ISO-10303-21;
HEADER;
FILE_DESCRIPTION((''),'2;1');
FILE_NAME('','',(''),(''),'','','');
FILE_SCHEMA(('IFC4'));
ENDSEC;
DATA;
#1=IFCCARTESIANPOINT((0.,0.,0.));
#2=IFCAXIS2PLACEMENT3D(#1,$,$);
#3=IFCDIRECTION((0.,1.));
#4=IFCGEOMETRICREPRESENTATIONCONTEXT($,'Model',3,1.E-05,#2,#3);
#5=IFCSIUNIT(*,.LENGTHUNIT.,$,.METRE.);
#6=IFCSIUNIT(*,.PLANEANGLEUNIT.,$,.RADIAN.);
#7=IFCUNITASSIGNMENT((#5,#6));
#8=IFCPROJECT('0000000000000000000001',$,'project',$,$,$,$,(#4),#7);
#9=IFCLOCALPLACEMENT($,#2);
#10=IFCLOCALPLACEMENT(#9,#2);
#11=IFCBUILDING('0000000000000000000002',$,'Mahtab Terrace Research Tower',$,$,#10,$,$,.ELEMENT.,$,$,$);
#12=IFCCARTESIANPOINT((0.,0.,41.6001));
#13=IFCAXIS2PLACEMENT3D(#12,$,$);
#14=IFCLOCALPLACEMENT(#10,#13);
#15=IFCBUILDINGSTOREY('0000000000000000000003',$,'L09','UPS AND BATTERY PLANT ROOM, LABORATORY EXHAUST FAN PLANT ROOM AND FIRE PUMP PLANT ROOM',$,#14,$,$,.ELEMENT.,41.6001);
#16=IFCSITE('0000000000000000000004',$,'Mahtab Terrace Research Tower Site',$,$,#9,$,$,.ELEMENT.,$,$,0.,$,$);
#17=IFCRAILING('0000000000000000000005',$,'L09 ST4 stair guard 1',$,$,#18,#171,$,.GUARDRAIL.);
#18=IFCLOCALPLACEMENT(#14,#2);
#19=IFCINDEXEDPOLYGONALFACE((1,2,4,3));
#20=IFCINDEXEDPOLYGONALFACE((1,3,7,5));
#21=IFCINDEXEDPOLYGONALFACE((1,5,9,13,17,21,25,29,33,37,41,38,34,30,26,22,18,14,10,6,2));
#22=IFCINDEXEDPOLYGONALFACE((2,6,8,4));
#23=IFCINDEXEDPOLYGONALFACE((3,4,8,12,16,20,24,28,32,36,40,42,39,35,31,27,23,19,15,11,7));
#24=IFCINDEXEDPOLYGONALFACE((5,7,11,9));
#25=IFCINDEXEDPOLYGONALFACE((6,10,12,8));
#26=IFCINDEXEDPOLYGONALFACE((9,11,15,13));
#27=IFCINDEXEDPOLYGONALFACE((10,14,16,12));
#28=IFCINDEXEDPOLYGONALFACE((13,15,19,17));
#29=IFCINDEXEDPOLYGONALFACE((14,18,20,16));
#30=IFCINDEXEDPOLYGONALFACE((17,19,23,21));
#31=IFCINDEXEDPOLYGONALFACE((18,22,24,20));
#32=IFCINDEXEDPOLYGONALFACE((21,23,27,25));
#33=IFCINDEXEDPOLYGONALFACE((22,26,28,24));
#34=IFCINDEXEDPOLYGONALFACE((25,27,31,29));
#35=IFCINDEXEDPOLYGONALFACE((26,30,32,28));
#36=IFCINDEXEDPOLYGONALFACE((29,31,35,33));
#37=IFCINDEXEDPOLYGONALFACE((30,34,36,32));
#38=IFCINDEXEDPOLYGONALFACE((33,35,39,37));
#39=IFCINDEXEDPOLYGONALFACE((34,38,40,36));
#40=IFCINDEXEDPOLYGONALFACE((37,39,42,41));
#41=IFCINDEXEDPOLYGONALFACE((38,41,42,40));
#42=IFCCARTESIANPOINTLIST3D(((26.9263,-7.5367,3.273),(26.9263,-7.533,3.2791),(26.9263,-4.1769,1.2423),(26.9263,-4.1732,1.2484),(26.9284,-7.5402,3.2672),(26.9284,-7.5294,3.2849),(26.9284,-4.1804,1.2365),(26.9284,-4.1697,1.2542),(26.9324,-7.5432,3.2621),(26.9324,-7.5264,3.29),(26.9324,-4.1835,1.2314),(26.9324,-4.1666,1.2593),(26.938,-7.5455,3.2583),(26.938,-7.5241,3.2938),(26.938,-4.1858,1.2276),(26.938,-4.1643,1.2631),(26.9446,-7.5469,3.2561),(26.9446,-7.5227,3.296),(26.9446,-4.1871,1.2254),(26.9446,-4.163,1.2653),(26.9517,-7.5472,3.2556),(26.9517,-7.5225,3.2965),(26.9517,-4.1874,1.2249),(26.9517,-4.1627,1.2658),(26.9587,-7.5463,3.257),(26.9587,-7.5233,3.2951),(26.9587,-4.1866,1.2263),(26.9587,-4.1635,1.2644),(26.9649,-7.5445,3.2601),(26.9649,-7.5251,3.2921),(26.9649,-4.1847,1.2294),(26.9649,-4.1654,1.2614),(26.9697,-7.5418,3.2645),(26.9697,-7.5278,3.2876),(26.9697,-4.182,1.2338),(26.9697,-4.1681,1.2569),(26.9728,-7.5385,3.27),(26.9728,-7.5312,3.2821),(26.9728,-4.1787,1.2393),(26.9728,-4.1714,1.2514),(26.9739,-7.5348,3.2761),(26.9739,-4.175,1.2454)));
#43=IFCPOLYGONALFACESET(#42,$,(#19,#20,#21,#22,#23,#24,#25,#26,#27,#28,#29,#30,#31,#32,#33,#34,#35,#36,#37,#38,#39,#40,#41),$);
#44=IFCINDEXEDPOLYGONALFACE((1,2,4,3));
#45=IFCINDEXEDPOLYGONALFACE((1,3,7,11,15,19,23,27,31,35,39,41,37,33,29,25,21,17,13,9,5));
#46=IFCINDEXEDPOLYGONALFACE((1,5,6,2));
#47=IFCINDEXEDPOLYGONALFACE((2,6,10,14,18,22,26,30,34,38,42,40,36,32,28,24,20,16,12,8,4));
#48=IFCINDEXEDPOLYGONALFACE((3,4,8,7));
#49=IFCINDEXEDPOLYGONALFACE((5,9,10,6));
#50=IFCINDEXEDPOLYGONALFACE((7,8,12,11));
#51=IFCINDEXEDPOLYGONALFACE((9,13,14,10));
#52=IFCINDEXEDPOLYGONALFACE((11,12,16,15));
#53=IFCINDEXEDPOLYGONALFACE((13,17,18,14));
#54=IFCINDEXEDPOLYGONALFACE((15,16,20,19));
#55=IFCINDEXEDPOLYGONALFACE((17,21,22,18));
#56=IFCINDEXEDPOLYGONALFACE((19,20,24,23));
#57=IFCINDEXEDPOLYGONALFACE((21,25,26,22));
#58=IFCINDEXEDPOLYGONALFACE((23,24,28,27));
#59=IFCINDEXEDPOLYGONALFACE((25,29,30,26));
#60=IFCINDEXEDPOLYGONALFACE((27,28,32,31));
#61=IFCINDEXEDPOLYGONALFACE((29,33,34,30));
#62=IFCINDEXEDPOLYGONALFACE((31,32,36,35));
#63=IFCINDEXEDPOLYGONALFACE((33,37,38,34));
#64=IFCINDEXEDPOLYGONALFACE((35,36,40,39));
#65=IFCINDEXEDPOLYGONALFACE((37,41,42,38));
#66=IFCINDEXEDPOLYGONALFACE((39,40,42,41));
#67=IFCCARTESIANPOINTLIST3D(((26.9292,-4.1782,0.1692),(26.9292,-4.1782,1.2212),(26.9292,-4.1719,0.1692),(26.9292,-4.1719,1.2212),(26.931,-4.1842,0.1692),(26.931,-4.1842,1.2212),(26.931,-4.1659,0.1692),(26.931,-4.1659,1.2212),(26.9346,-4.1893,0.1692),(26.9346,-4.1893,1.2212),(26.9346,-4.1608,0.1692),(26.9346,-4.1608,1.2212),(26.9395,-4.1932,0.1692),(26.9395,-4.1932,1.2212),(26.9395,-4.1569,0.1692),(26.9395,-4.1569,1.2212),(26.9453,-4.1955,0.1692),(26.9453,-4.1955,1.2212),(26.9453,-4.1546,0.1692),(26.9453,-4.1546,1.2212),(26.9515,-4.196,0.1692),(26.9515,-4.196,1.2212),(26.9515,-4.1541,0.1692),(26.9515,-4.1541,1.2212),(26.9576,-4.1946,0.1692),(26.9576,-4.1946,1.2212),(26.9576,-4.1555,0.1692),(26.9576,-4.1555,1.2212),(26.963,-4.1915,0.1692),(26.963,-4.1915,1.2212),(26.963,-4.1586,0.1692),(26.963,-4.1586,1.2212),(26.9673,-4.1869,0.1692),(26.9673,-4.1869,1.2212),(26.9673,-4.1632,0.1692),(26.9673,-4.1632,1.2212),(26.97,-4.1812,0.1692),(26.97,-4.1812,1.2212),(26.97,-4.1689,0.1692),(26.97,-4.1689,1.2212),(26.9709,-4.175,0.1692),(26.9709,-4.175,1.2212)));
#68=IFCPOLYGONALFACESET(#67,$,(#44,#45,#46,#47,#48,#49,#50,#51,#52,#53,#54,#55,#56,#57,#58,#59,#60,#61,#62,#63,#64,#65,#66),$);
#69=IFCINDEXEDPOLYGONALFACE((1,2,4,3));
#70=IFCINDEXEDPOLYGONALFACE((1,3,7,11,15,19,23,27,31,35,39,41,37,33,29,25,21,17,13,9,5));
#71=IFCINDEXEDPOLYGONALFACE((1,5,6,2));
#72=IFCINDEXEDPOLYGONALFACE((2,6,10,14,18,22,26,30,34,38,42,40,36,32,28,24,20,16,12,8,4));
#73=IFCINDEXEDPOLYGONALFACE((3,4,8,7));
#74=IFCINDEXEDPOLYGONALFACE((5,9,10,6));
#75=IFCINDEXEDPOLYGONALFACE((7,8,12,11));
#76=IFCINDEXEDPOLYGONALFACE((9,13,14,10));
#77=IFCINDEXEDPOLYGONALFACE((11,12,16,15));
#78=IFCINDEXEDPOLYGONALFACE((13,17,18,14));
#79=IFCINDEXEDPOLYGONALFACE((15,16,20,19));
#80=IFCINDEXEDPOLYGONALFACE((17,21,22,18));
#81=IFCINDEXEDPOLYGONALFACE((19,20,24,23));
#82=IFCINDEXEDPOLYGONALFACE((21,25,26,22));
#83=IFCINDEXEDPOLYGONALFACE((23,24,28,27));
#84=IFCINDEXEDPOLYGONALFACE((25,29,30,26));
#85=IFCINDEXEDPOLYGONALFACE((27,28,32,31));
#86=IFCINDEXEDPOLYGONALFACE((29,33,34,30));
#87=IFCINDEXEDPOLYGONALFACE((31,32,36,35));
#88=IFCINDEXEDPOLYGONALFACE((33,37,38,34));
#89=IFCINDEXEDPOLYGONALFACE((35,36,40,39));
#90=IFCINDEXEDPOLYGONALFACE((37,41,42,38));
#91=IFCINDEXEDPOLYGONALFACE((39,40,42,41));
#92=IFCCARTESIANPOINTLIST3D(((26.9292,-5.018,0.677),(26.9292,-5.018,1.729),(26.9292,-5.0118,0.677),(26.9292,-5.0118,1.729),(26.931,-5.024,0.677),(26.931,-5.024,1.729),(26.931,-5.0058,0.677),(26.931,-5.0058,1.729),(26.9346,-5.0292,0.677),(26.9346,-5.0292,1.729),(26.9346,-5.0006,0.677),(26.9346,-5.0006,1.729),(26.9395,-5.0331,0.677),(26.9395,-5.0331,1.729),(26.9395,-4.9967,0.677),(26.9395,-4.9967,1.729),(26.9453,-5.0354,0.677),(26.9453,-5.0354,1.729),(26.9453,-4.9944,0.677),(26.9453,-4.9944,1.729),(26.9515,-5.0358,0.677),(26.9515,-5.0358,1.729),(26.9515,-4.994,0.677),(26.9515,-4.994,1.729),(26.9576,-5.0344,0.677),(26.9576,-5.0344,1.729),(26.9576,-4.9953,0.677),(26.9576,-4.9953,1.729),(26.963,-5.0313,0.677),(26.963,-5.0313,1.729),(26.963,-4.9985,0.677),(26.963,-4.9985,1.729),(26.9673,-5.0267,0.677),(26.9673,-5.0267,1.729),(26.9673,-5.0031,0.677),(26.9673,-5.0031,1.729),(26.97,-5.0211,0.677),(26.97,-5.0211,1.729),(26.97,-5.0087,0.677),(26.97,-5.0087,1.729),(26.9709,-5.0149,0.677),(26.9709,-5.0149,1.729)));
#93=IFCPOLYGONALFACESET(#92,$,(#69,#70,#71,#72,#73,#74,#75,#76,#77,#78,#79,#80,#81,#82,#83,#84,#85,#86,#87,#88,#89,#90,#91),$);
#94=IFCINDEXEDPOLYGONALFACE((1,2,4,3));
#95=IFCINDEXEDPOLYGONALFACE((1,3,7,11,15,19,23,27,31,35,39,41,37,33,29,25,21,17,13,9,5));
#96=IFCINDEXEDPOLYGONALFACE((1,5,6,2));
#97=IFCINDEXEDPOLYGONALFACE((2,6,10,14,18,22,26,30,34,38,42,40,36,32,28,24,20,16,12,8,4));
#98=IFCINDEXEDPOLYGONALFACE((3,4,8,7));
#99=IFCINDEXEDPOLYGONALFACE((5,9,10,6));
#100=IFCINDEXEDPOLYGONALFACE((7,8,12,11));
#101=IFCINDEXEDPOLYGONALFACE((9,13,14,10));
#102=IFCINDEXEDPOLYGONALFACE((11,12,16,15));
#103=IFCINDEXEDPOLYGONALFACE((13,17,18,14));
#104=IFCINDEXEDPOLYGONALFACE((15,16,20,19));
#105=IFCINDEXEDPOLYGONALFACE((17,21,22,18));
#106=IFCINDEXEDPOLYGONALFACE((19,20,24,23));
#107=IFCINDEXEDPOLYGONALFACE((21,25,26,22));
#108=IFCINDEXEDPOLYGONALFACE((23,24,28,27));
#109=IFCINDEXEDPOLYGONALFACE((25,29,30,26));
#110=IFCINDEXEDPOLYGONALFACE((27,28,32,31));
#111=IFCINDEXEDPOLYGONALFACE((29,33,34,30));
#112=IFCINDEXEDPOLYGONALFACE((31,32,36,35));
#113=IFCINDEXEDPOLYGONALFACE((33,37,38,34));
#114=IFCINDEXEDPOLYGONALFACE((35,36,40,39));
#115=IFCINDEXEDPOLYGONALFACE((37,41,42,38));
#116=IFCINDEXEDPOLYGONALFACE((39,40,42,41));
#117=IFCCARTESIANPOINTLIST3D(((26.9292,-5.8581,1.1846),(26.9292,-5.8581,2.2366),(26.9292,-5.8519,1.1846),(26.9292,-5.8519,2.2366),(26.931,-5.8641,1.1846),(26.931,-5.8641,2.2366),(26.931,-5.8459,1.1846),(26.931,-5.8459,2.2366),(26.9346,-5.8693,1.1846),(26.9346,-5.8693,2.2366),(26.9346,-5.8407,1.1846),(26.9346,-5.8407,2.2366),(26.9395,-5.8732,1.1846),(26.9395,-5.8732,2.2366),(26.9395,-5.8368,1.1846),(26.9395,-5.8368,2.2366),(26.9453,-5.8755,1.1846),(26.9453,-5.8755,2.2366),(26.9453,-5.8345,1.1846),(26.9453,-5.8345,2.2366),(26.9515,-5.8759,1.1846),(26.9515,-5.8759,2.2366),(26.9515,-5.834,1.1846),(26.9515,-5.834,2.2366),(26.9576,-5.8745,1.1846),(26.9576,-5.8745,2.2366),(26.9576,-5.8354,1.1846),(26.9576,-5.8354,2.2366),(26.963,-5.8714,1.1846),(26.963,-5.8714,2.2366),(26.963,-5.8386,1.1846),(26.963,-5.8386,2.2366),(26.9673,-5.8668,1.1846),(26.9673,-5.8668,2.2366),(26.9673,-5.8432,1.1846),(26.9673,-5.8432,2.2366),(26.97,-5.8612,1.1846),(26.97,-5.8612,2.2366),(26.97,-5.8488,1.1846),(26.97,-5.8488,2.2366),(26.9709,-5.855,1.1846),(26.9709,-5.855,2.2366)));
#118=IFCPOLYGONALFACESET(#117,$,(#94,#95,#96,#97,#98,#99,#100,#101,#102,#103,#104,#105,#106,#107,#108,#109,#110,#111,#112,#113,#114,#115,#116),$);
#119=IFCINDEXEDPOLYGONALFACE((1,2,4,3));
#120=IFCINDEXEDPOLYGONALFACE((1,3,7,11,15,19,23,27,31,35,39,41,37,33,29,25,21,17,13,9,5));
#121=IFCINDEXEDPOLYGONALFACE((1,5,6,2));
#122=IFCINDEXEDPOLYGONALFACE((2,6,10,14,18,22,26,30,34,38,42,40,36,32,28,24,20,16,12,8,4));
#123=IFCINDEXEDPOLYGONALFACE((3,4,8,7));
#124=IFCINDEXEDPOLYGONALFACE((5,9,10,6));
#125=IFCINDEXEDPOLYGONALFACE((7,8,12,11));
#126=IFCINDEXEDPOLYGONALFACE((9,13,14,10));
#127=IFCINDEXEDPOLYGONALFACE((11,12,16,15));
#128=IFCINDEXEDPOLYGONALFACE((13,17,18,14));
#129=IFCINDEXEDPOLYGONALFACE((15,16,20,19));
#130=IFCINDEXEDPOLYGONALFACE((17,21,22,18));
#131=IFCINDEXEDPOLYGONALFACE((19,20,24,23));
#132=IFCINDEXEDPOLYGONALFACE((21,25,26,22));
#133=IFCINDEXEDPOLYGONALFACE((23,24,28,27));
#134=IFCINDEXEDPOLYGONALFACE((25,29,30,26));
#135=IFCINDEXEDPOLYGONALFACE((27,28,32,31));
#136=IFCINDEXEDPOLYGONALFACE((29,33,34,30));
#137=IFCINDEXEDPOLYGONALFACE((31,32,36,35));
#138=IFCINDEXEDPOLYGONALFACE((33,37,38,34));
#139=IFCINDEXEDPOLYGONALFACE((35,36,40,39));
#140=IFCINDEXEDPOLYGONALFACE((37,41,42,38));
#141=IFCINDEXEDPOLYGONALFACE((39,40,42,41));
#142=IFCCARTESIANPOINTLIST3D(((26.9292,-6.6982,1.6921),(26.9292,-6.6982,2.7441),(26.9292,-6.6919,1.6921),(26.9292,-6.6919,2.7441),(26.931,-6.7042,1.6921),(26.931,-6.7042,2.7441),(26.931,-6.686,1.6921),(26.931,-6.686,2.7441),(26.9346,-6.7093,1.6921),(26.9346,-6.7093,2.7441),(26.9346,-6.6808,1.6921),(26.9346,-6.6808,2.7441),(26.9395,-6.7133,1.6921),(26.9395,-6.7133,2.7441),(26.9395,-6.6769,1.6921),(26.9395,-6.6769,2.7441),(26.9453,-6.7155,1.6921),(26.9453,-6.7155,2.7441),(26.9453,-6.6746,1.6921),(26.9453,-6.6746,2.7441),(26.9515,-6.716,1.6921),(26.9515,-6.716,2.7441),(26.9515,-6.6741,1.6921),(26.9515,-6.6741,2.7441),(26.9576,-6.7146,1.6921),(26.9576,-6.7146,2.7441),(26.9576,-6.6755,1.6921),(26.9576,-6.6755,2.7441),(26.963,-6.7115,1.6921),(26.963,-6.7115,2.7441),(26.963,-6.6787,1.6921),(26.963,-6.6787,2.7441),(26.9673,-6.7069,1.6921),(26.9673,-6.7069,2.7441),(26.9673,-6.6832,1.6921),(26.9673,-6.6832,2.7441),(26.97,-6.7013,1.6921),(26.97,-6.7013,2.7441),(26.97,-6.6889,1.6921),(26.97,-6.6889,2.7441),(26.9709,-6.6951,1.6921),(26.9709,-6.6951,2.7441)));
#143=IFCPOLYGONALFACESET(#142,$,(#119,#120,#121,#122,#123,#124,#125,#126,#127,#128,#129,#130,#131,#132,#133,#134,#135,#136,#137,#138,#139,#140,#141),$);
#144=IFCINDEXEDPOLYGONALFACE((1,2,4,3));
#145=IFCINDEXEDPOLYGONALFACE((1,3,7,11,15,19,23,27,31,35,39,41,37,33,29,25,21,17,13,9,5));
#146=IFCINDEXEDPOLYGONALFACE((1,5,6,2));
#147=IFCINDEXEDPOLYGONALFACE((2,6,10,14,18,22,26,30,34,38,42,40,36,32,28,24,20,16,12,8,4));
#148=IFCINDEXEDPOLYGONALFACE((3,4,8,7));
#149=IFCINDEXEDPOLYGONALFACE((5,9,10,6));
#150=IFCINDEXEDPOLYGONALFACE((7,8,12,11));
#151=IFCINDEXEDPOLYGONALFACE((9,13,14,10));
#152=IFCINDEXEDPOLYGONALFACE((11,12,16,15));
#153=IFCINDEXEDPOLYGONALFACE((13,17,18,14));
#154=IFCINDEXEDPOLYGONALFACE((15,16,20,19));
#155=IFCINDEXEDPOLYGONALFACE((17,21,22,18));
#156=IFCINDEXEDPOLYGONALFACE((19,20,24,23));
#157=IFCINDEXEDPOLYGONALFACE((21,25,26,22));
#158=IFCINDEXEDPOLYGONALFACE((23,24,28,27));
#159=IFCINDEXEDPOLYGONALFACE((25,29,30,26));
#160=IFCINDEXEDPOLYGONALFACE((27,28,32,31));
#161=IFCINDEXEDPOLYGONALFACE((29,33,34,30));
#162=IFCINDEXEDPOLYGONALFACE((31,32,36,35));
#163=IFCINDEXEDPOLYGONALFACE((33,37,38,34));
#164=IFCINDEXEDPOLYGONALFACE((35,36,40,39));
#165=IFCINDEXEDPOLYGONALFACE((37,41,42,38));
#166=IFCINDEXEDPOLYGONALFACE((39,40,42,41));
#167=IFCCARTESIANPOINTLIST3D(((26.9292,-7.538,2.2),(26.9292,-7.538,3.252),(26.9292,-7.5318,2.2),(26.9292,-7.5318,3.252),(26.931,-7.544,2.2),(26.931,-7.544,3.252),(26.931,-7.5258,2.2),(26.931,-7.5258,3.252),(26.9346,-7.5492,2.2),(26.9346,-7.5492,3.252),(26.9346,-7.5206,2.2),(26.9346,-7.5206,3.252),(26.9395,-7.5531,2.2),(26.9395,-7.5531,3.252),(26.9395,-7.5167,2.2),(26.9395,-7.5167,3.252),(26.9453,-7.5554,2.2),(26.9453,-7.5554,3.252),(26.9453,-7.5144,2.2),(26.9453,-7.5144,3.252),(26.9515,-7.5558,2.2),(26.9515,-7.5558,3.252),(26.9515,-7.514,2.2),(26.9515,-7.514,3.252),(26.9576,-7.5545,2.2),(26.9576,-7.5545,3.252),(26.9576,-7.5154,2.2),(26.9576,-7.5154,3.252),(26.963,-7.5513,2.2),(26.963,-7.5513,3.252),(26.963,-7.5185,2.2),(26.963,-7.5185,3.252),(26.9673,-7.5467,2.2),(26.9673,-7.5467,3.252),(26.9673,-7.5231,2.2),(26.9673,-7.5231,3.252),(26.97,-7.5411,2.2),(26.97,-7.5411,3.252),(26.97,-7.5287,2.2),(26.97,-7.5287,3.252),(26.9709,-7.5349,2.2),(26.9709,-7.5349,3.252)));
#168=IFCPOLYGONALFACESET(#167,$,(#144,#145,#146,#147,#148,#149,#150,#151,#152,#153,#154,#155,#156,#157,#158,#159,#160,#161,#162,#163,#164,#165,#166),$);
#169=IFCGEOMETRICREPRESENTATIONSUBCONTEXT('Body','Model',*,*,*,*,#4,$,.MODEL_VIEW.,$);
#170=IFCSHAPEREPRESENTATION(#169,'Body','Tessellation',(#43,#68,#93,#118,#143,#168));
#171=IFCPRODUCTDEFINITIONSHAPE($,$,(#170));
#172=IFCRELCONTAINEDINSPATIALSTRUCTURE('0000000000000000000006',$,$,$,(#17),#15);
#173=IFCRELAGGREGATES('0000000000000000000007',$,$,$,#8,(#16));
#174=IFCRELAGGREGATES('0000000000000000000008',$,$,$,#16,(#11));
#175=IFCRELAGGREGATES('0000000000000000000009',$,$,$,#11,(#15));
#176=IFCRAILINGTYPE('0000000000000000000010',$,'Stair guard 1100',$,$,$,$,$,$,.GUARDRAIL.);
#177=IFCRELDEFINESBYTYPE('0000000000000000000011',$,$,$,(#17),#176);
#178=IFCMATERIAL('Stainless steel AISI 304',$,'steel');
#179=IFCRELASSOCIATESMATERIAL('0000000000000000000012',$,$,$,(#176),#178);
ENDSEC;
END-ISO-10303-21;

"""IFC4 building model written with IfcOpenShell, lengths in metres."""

from ifc_helpers import new_model, si_unit, direction, frame, origin, origin_2d, place, context, subcontext, project, spatial, circle, extrude, material, type_object, element, save


model = new_model("IFC4")

# Units and contexts
model_context = context("Model", 3, precision=1e-05, world=origin(), true_north=direction((0.0, 1.0)))
body_context = subcontext(model_context, "Body", "Model", "MODEL_VIEW")
ifc_project = project(units=[si_unit("LENGTHUNIT", "METRE"), si_unit("PLANEANGLEUNIT", "RADIAN")], contexts=[model_context])

# Site, building, storey
site_placement = place(None, origin())
site = spatial("IfcSite", under=ifc_project, at=site_placement, Name="Mahtab Terrace Research Tower Site", CompositionType="ELEMENT", RefElevation=0.0)
building_placement = place(site_placement, origin())
building = spatial("IfcBuilding", under=site, at=building_placement, Name="Mahtab Terrace Research Tower", CompositionType="ELEMENT")
storey_placement = place(building_placement, frame((0.0, 0.0, 41.6001)))
storey = spatial("IfcBuildingStorey", under=building, at=storey_placement, Name="L09", Description="UPS AND BATTERY PLANT ROOM, LABORATORY EXHAUST FAN PLANT ROOM AND FIRE PUMP PLANT ROOM", CompositionType="ELEMENT", Elevation=41.6001)

# Railing
ifc_material_1 = material(Name="Stainless steel AISI 304", Category="steel")
railing_type_1 = type_object("IfcRailingType", Name="Stair guard 1100", PredefinedType="GUARDRAIL", material=ifc_material_1)
railing_1_placement = place(storey_placement, frame((26.95, -4.175, 0.1692)))
element("IfcRailing", 1, at=railing_1_placement, inside=storey, type_object=railing_type_1, Name="L09 ST4 stair guard 1", PredefinedType="GUARDRAIL", context=body_context, shape_type="SweptSolid", body=[
    extrude(circle(Radius=0.0239, at=origin_2d()), frame((0.0, 0.0, 1.0762), z_axis=(0.0, -0.85582, 0.517273), x_axis=(1.0, 0.0, 0.0)), (0.0, 0.0, 1.0), 3.9258),
    extrude(circle(Radius=0.021, at=origin_2d()), origin(), (0.0, 0.0, 1.0), 1.052),
    extrude(circle(Radius=0.021, at=origin_2d()), frame((0.0, -0.8398, 0.5078)), (0.0, 0.0, 1.0), 1.052),
    extrude(circle(Radius=0.021, at=origin_2d()), frame((0.0, -1.6799, 1.0154)), (0.0, 0.0, 1.0), 1.052),
    extrude(circle(Radius=0.021, at=origin_2d()), frame((0.0, -2.52, 1.5229)), (0.0, 0.0, 1.0), 1.052),
    extrude(circle(Radius=0.021, at=origin_2d()), frame((0.0, -3.3599, 2.0308)), (0.0, 0.0, 1.0), 1.052),
])

save(model, "model.ifc")
